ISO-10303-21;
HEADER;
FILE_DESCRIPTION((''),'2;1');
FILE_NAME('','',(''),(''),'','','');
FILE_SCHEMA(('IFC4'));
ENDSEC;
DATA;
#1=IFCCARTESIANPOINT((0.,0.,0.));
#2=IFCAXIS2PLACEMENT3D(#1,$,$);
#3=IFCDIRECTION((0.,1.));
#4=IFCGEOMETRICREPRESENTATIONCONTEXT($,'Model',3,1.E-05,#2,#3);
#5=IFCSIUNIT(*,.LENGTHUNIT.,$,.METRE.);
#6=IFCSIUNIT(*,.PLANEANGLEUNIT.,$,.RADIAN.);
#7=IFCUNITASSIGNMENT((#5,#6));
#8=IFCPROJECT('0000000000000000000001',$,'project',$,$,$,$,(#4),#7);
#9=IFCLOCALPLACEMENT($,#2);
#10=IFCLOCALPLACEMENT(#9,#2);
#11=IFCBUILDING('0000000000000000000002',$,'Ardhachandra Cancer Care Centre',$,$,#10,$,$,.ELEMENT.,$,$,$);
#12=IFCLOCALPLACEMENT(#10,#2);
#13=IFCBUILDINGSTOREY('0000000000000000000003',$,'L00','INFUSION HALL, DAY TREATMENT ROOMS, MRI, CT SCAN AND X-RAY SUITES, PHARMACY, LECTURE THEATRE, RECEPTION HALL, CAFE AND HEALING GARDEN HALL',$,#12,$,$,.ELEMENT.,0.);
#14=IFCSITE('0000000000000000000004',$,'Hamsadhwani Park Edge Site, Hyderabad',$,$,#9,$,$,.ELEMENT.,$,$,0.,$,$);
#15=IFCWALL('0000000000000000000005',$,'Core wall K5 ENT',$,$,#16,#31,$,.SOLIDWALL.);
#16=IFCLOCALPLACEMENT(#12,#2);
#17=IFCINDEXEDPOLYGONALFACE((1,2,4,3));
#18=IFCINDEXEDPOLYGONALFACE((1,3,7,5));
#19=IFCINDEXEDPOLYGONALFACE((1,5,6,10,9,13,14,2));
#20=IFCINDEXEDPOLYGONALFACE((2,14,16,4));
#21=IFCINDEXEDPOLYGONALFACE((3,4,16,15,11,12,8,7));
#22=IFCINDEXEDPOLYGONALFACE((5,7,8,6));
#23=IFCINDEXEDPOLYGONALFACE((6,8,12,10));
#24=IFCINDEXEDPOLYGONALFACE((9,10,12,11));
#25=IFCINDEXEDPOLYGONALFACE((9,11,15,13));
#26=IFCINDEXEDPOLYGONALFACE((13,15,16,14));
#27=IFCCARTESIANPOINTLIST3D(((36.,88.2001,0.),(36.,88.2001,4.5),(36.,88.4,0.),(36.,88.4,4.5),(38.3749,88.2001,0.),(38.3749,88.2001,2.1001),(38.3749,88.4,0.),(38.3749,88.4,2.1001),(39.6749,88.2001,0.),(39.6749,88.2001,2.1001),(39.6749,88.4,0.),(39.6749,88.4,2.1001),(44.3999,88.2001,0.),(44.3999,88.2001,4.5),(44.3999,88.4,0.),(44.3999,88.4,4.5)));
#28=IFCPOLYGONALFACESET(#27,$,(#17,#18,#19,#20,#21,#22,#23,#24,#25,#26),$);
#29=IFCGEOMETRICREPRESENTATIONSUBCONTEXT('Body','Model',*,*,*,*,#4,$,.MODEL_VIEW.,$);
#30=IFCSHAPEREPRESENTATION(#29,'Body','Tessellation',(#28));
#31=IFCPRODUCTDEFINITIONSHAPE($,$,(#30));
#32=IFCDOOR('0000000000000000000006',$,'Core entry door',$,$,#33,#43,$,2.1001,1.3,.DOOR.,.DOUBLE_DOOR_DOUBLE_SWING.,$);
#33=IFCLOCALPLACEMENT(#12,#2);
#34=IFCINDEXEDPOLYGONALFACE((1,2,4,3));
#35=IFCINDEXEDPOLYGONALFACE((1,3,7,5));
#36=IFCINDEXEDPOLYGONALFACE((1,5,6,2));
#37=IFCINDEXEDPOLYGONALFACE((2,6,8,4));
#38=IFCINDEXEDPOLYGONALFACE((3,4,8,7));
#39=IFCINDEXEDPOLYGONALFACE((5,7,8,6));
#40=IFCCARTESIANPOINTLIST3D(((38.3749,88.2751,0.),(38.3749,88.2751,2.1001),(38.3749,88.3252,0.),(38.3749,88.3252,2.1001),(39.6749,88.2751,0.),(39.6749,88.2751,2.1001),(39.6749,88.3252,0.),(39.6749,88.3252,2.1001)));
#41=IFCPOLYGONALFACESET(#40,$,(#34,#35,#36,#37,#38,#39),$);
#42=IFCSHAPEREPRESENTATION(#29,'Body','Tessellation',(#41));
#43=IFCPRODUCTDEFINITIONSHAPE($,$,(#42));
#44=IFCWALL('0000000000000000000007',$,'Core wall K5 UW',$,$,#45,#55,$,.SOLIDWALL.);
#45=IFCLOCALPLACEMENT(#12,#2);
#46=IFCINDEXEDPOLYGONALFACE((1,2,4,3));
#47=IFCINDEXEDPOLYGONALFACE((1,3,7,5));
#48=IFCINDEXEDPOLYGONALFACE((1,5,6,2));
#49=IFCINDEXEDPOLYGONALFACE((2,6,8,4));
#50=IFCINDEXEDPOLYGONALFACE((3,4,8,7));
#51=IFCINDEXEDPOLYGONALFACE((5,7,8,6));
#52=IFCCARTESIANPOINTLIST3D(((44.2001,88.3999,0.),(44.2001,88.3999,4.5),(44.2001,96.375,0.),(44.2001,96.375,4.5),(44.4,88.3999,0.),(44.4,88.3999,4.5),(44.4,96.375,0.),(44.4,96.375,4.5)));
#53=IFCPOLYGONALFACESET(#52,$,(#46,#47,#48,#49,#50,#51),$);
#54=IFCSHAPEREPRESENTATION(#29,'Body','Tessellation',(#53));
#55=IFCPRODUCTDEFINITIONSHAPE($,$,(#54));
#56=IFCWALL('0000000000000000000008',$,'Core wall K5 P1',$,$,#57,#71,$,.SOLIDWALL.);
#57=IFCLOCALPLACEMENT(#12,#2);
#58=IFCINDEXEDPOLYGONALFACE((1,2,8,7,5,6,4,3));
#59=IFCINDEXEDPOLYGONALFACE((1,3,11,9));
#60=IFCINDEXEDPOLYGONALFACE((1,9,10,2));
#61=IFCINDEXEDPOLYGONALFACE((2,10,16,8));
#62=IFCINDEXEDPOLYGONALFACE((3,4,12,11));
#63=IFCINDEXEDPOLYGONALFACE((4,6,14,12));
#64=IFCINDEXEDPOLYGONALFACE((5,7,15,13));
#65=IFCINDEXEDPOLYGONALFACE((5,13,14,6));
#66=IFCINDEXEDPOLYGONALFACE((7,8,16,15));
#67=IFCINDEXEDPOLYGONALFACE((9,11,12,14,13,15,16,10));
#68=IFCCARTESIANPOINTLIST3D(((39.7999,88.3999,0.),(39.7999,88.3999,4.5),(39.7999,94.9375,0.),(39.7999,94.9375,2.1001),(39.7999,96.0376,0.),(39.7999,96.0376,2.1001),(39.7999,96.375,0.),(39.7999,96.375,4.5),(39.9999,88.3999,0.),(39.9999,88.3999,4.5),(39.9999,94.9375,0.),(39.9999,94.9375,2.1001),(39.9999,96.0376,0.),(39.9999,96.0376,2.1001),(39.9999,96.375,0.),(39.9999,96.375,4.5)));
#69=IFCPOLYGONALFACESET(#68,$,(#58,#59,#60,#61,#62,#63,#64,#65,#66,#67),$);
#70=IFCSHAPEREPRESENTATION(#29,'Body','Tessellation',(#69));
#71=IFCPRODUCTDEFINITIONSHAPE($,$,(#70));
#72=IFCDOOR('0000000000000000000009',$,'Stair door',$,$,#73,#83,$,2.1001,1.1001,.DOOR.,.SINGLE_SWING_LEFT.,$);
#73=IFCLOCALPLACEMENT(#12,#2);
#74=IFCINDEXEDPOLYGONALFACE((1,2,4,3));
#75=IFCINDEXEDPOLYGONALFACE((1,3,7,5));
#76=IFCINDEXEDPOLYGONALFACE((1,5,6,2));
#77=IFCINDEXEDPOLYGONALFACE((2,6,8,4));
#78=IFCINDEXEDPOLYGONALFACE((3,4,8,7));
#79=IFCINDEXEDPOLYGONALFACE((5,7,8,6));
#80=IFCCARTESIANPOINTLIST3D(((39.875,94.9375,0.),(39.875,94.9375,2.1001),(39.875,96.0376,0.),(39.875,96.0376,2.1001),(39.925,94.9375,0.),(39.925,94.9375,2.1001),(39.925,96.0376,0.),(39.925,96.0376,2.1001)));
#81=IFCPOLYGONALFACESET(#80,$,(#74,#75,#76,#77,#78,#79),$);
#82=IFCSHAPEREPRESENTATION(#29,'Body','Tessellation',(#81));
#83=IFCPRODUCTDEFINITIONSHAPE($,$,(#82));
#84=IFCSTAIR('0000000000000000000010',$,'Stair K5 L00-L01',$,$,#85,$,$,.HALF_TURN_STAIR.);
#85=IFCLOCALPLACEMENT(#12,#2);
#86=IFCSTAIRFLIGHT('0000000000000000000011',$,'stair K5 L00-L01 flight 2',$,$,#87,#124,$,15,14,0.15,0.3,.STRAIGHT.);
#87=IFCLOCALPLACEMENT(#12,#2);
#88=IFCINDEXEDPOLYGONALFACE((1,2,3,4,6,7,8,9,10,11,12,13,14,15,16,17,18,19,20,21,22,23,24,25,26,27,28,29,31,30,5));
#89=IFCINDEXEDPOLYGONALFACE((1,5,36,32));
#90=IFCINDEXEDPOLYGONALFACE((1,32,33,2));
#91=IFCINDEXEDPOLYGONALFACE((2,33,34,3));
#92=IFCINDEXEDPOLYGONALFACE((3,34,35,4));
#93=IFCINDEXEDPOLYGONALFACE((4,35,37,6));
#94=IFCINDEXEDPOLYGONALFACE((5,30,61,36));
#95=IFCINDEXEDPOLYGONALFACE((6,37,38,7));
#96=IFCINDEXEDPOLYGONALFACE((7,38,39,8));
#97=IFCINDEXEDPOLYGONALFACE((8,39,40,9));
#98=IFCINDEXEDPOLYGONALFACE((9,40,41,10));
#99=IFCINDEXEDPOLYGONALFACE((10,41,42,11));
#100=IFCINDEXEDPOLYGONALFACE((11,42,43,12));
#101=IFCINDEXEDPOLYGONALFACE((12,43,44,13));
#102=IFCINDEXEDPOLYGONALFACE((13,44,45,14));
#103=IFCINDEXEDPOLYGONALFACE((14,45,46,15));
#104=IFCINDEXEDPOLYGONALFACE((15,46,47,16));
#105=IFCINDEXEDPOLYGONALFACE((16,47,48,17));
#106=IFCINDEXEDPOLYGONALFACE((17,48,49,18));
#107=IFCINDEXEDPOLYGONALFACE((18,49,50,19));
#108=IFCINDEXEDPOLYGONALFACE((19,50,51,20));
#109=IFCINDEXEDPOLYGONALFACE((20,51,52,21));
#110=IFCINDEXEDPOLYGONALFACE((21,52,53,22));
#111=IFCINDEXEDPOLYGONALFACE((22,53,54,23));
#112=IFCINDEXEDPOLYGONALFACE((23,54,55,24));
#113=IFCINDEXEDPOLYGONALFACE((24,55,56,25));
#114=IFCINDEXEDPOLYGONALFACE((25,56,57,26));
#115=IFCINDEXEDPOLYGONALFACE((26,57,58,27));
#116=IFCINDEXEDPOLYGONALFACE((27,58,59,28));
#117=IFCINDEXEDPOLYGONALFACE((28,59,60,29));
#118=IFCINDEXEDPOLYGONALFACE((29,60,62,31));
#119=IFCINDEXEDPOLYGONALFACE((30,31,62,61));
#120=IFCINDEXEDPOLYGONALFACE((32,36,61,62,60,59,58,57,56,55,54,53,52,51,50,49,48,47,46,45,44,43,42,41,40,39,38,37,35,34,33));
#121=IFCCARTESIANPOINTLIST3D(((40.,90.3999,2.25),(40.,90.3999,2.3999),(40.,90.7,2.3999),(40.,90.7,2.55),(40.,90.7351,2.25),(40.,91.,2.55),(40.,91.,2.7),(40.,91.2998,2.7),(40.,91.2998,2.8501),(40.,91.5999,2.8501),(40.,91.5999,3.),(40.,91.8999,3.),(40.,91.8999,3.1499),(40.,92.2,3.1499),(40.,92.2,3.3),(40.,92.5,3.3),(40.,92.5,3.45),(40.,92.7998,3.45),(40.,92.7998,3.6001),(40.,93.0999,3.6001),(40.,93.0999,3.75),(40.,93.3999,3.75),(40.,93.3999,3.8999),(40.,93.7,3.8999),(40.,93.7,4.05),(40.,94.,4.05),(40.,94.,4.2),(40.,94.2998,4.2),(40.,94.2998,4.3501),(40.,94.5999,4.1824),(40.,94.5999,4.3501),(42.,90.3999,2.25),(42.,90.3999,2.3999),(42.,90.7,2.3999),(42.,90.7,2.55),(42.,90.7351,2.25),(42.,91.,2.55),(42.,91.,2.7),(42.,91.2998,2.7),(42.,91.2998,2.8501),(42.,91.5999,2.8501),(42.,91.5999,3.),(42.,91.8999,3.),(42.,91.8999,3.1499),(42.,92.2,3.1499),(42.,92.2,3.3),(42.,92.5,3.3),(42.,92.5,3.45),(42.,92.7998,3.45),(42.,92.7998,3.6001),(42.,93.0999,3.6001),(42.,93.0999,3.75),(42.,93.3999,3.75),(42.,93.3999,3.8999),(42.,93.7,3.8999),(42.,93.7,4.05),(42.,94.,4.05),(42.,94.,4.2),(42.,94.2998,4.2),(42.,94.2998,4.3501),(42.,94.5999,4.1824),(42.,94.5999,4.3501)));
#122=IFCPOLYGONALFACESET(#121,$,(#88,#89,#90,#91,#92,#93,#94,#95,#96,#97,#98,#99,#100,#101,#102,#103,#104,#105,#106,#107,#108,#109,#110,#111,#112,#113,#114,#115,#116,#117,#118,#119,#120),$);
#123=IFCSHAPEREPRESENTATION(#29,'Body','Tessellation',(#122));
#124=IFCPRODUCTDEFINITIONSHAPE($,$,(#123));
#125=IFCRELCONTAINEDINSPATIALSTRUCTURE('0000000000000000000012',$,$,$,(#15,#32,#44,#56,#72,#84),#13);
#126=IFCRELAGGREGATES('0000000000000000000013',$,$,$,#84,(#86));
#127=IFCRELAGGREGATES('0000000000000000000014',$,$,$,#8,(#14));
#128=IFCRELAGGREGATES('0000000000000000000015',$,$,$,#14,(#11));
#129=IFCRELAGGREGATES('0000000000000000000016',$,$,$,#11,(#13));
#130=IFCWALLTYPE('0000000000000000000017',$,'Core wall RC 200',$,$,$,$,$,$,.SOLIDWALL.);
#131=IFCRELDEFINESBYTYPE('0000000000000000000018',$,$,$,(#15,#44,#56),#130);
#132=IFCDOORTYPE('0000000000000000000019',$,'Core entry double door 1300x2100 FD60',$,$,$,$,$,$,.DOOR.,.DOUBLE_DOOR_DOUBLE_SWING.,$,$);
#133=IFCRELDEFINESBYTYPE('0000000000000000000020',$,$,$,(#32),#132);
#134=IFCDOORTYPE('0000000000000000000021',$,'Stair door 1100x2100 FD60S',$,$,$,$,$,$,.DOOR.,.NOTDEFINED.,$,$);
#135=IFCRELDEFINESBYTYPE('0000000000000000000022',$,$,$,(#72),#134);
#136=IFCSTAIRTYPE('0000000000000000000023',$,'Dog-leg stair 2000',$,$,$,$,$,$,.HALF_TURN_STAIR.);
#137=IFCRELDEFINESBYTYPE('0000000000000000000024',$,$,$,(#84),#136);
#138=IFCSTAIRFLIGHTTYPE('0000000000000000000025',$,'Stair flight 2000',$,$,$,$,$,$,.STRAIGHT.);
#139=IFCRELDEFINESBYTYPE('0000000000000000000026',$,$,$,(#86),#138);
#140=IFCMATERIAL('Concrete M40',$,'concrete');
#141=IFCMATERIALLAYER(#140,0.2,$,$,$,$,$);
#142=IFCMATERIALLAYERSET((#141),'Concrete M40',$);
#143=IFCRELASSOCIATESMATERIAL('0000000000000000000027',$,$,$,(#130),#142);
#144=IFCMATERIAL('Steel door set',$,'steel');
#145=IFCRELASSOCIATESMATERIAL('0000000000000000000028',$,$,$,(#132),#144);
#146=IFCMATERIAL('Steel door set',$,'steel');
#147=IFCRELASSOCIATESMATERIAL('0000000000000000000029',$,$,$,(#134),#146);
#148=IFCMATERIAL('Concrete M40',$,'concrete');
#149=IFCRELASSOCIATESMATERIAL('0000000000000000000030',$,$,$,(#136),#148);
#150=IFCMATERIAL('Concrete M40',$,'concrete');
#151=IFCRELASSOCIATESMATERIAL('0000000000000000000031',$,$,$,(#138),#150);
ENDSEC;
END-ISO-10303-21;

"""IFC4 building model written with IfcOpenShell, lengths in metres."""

from ifc_helpers import new_model, si_unit, direction, frame, frame_2d, origin, place, context, subcontext, project, spatial, polyline, rectangle, outline, extrude, material, layer, layer_set, type_object, element, fill, aggregate, save


model = new_model("IFC4")

# Units and contexts
model_context = context("Model", 3, precision=1e-05, world=origin(), true_north=direction((0.0, 1.0)))
body_context = subcontext(model_context, "Body", "Model", "MODEL_VIEW")
ifc_project = project(units=[si_unit("LENGTHUNIT", "METRE"), si_unit("PLANEANGLEUNIT", "RADIAN")], contexts=[model_context])

# Site, building, storey
site_placement = place(None, origin())
site = spatial("IfcSite", under=ifc_project, at=site_placement, Name="Hamsadhwani Park Edge Site, Hyderabad", CompositionType="ELEMENT", RefElevation=0.0)
building_placement = place(site_placement, origin())
building = spatial("IfcBuilding", under=site, at=building_placement, Name="Ardhachandra Cancer Care Centre", CompositionType="ELEMENT")
storey_placement = place(building_placement, origin())
storey = spatial("IfcBuildingStorey", under=building, at=storey_placement, Name="L00", Description="INFUSION HALL, DAY TREATMENT ROOMS, MRI, CT SCAN AND X-RAY SUITES, PHARMACY, LECTURE THEATRE, RECEPTION HALL, CAFE AND HEALING GARDEN HALL", CompositionType="ELEMENT", Elevation=0.0)

# Wall, opening, door
ifc_material_1 = material(Name="Concrete M40", Category="concrete")
ifc_layer_1 = layer(ifc_material_1, 0.2)
ifc_layer_set_1 = layer_set([ifc_layer_1], Name="Concrete M40")
wall_type_1 = type_object("IfcWallType", Name="Core wall RC 200", PredefinedType="SOLIDWALL", material=ifc_layer_set_1)
wall_1_placement = place(storey_placement, frame((44.3999, 88.3, 0.0), z_axis=(0.0, 0.0, 1.0), x_axis=(-1.0, 0.0, 0.0)))
wall_1 = element("IfcWall", 1, at=wall_1_placement, inside=storey, type_object=wall_type_1, Name="Core wall K5 ENT", PredefinedType="SOLIDWALL", context=body_context, shape_type="SweptSolid", body=[
    extrude(rectangle(XDim=8.3999, YDim=0.2, at=frame_2d((4.2, 0.0))), origin(), (0.0, 0.0, 1.0), 4.5),
])
opening_1_placement = place(wall_1_placement, frame((4.7251, 0.0, 0.0)))
opening_1 = element("IfcOpeningElement", 2, at=opening_1_placement, cuts=wall_1, PredefinedType="OPENING", context=body_context, shape_type="SweptSolid", body=[
    extrude(rectangle(XDim=1.3, YDim=2.1001, at=frame_2d((0.6499, 1.05))), frame((0.0, 0.1099, 0.0), z_axis=(0.0, -1.0, 0.0), x_axis=(1.0, 0.0, 0.0)), (0.0, 0.0, 1.0), 0.22),
])
ifc_material_2 = material(Name="Steel door set", Category="steel")
door_type_1 = type_object("IfcDoorType", Name="Core entry double door 1300x2100 FD60", OperationType="DOUBLE_DOOR_DOUBLE_SWING", PredefinedType="DOOR", material=ifc_material_2)
door_1_placement = place(opening_1_placement, origin())
door_1 = element("IfcDoor", 3, at=door_1_placement, inside=storey, type_object=door_type_1, Name="Core entry door", OperationType="DOUBLE_DOOR_DOUBLE_SWING", OverallHeight=2.1001, OverallWidth=1.3, PredefinedType="DOOR", context=body_context, shape_type="SweptSolid", body=[
    extrude(rectangle(XDim=1.3, YDim=2.1001, at=frame_2d((0.6499, 1.05))), frame((0.0, 0.0249, 0.0), z_axis=(0.0, -1.0, 0.0), x_axis=(1.0, 0.0, 0.0)), (0.0, 0.0, 1.0), 0.05),
])
fill(opening_1, door_1)

# Wall
wall_2_placement = place(storey_placement, frame((44.3, 88.3999, 0.0), z_axis=(0.0, 0.0, 1.0), x_axis=(0.0, 1.0, 0.0)))
element("IfcWall", 4, at=wall_2_placement, inside=storey, type_object=wall_type_1, Name="Core wall K5 UW", PredefinedType="SOLIDWALL", context=body_context, shape_type="SweptSolid", body=[
    extrude(rectangle(XDim=7.9751, YDim=0.2, at=frame_2d((3.9875, 0.0))), origin(), (0.0, 0.0, 1.0), 4.5),
])

# Wall, opening, door
wall_3_placement = place(storey_placement, frame((39.8999, 88.3999, 0.0), z_axis=(0.0, 0.0, 1.0), x_axis=(0.0, 1.0, 0.0)))
wall_3 = element("IfcWall", 5, at=wall_3_placement, inside=storey, type_object=wall_type_1, Name="Core wall K5 P1", PredefinedType="SOLIDWALL", context=body_context, shape_type="SweptSolid", body=[
    extrude(rectangle(XDim=7.9751, YDim=0.2, at=frame_2d((3.9875, 0.0))), origin(), (0.0, 0.0, 1.0), 4.5),
])
opening_2_placement = place(wall_3_placement, frame((6.5376, 0.0, 0.0)))
opening_2 = element("IfcOpeningElement", 6, at=opening_2_placement, cuts=wall_3, PredefinedType="OPENING", context=body_context, shape_type="SweptSolid", body=[
    extrude(rectangle(XDim=1.1001, YDim=2.1001, at=frame_2d((0.55, 1.05))), frame((0.0, 0.1099, 0.0), z_axis=(0.0, -1.0, 0.0), x_axis=(1.0, 0.0, 0.0)), (0.0, 0.0, 1.0), 0.22),
])
ifc_material_3 = material(Name="Steel door set", Category="steel")
door_type_2 = type_object("IfcDoorType", Name="Stair door 1100x2100 FD60S", OperationType="NOTDEFINED", PredefinedType="DOOR", material=ifc_material_3)
door_2_placement = place(opening_2_placement, origin())
door_2 = element("IfcDoor", 7, at=door_2_placement, inside=storey, type_object=door_type_2, Name="Stair door", OperationType="SINGLE_SWING_LEFT", OverallHeight=2.1001, OverallWidth=1.1001, PredefinedType="DOOR", context=body_context, shape_type="SweptSolid", body=[
    extrude(rectangle(XDim=1.1001, YDim=2.1001, at=frame_2d((0.55, 1.05))), frame((0.0, 0.0249, 0.0), z_axis=(0.0, -1.0, 0.0), x_axis=(1.0, 0.0, 0.0)), (0.0, 0.0, 1.0), 0.05),
])
fill(opening_2, door_2)

# Stair, stair flight
ifc_material_4 = material(Name="Concrete M40", Category="concrete")
stair_type = type_object("IfcStairType", Name="Dog-leg stair 2000", PredefinedType="HALF_TURN_STAIR", material=ifc_material_4)
stair_placement = place(storey_placement, origin())
stair = element("IfcStair", 8, at=stair_placement, inside=storey, type_object=stair_type, Name="Stair K5 L00-L01", PredefinedType="HALF_TURN_STAIR")
ifc_material_5 = material(Name="Concrete M40", Category="concrete")
stair_flight_type = type_object("IfcStairFlightType", Name="Stair flight 2000", PredefinedType="STRAIGHT", material=ifc_material_5)
stair_flight_placement = place(storey_placement, frame((41.0, 90.3999, 2.25), z_axis=(0.0, 0.0, 1.0), x_axis=(0.0, 1.0, 0.0)))
stair_flight = element("IfcStairFlight", 9, at=stair_flight_placement, type_object=stair_flight_type, Name="stair K5 L00-L01 flight 2", NumberOfRisers=15, NumberOfTreads=14, PredefinedType="STRAIGHT", RiserHeight=0.15, TreadLength=0.3, context=body_context, shape_type="SweptSolid", body=[
    extrude(outline(polyline([(0.0, 0.0), (0.0, 0.1499), (0.3, 0.1499), (0.3, 0.3), (0.6001, 0.3), (0.6001, 0.45), (0.8999, 0.45), (0.8999, 0.6001), (1.2, 0.6001), (1.2, 0.75), (1.5, 0.75), (1.5, 0.8999), (1.8, 0.8999), (1.8, 1.05), (2.1001, 1.05), (2.1001, 1.2), (2.3999, 1.2), (2.3999, 1.3501), (2.7, 1.3501), (2.7, 1.5), (3.0, 1.5), (3.0, 1.6499), (3.3, 1.6499), (3.3, 1.8), (3.6001, 1.8), (3.6001, 1.95), (3.8999, 1.95), (3.8999, 2.1001), (4.2, 2.1001), (4.2, 2.25), (4.2, 1.9324), (0.3352, 0.0), (0.0, 0.0)])), frame((0.0, 1.0, 0.0), z_axis=(0.0, -1.0, 0.0), x_axis=(1.0, 0.0, 0.0)), (0.0, 0.0, 1.0), 2.0),
])
aggregate(stair, [stair_flight])

save(model, "model.ifc")
